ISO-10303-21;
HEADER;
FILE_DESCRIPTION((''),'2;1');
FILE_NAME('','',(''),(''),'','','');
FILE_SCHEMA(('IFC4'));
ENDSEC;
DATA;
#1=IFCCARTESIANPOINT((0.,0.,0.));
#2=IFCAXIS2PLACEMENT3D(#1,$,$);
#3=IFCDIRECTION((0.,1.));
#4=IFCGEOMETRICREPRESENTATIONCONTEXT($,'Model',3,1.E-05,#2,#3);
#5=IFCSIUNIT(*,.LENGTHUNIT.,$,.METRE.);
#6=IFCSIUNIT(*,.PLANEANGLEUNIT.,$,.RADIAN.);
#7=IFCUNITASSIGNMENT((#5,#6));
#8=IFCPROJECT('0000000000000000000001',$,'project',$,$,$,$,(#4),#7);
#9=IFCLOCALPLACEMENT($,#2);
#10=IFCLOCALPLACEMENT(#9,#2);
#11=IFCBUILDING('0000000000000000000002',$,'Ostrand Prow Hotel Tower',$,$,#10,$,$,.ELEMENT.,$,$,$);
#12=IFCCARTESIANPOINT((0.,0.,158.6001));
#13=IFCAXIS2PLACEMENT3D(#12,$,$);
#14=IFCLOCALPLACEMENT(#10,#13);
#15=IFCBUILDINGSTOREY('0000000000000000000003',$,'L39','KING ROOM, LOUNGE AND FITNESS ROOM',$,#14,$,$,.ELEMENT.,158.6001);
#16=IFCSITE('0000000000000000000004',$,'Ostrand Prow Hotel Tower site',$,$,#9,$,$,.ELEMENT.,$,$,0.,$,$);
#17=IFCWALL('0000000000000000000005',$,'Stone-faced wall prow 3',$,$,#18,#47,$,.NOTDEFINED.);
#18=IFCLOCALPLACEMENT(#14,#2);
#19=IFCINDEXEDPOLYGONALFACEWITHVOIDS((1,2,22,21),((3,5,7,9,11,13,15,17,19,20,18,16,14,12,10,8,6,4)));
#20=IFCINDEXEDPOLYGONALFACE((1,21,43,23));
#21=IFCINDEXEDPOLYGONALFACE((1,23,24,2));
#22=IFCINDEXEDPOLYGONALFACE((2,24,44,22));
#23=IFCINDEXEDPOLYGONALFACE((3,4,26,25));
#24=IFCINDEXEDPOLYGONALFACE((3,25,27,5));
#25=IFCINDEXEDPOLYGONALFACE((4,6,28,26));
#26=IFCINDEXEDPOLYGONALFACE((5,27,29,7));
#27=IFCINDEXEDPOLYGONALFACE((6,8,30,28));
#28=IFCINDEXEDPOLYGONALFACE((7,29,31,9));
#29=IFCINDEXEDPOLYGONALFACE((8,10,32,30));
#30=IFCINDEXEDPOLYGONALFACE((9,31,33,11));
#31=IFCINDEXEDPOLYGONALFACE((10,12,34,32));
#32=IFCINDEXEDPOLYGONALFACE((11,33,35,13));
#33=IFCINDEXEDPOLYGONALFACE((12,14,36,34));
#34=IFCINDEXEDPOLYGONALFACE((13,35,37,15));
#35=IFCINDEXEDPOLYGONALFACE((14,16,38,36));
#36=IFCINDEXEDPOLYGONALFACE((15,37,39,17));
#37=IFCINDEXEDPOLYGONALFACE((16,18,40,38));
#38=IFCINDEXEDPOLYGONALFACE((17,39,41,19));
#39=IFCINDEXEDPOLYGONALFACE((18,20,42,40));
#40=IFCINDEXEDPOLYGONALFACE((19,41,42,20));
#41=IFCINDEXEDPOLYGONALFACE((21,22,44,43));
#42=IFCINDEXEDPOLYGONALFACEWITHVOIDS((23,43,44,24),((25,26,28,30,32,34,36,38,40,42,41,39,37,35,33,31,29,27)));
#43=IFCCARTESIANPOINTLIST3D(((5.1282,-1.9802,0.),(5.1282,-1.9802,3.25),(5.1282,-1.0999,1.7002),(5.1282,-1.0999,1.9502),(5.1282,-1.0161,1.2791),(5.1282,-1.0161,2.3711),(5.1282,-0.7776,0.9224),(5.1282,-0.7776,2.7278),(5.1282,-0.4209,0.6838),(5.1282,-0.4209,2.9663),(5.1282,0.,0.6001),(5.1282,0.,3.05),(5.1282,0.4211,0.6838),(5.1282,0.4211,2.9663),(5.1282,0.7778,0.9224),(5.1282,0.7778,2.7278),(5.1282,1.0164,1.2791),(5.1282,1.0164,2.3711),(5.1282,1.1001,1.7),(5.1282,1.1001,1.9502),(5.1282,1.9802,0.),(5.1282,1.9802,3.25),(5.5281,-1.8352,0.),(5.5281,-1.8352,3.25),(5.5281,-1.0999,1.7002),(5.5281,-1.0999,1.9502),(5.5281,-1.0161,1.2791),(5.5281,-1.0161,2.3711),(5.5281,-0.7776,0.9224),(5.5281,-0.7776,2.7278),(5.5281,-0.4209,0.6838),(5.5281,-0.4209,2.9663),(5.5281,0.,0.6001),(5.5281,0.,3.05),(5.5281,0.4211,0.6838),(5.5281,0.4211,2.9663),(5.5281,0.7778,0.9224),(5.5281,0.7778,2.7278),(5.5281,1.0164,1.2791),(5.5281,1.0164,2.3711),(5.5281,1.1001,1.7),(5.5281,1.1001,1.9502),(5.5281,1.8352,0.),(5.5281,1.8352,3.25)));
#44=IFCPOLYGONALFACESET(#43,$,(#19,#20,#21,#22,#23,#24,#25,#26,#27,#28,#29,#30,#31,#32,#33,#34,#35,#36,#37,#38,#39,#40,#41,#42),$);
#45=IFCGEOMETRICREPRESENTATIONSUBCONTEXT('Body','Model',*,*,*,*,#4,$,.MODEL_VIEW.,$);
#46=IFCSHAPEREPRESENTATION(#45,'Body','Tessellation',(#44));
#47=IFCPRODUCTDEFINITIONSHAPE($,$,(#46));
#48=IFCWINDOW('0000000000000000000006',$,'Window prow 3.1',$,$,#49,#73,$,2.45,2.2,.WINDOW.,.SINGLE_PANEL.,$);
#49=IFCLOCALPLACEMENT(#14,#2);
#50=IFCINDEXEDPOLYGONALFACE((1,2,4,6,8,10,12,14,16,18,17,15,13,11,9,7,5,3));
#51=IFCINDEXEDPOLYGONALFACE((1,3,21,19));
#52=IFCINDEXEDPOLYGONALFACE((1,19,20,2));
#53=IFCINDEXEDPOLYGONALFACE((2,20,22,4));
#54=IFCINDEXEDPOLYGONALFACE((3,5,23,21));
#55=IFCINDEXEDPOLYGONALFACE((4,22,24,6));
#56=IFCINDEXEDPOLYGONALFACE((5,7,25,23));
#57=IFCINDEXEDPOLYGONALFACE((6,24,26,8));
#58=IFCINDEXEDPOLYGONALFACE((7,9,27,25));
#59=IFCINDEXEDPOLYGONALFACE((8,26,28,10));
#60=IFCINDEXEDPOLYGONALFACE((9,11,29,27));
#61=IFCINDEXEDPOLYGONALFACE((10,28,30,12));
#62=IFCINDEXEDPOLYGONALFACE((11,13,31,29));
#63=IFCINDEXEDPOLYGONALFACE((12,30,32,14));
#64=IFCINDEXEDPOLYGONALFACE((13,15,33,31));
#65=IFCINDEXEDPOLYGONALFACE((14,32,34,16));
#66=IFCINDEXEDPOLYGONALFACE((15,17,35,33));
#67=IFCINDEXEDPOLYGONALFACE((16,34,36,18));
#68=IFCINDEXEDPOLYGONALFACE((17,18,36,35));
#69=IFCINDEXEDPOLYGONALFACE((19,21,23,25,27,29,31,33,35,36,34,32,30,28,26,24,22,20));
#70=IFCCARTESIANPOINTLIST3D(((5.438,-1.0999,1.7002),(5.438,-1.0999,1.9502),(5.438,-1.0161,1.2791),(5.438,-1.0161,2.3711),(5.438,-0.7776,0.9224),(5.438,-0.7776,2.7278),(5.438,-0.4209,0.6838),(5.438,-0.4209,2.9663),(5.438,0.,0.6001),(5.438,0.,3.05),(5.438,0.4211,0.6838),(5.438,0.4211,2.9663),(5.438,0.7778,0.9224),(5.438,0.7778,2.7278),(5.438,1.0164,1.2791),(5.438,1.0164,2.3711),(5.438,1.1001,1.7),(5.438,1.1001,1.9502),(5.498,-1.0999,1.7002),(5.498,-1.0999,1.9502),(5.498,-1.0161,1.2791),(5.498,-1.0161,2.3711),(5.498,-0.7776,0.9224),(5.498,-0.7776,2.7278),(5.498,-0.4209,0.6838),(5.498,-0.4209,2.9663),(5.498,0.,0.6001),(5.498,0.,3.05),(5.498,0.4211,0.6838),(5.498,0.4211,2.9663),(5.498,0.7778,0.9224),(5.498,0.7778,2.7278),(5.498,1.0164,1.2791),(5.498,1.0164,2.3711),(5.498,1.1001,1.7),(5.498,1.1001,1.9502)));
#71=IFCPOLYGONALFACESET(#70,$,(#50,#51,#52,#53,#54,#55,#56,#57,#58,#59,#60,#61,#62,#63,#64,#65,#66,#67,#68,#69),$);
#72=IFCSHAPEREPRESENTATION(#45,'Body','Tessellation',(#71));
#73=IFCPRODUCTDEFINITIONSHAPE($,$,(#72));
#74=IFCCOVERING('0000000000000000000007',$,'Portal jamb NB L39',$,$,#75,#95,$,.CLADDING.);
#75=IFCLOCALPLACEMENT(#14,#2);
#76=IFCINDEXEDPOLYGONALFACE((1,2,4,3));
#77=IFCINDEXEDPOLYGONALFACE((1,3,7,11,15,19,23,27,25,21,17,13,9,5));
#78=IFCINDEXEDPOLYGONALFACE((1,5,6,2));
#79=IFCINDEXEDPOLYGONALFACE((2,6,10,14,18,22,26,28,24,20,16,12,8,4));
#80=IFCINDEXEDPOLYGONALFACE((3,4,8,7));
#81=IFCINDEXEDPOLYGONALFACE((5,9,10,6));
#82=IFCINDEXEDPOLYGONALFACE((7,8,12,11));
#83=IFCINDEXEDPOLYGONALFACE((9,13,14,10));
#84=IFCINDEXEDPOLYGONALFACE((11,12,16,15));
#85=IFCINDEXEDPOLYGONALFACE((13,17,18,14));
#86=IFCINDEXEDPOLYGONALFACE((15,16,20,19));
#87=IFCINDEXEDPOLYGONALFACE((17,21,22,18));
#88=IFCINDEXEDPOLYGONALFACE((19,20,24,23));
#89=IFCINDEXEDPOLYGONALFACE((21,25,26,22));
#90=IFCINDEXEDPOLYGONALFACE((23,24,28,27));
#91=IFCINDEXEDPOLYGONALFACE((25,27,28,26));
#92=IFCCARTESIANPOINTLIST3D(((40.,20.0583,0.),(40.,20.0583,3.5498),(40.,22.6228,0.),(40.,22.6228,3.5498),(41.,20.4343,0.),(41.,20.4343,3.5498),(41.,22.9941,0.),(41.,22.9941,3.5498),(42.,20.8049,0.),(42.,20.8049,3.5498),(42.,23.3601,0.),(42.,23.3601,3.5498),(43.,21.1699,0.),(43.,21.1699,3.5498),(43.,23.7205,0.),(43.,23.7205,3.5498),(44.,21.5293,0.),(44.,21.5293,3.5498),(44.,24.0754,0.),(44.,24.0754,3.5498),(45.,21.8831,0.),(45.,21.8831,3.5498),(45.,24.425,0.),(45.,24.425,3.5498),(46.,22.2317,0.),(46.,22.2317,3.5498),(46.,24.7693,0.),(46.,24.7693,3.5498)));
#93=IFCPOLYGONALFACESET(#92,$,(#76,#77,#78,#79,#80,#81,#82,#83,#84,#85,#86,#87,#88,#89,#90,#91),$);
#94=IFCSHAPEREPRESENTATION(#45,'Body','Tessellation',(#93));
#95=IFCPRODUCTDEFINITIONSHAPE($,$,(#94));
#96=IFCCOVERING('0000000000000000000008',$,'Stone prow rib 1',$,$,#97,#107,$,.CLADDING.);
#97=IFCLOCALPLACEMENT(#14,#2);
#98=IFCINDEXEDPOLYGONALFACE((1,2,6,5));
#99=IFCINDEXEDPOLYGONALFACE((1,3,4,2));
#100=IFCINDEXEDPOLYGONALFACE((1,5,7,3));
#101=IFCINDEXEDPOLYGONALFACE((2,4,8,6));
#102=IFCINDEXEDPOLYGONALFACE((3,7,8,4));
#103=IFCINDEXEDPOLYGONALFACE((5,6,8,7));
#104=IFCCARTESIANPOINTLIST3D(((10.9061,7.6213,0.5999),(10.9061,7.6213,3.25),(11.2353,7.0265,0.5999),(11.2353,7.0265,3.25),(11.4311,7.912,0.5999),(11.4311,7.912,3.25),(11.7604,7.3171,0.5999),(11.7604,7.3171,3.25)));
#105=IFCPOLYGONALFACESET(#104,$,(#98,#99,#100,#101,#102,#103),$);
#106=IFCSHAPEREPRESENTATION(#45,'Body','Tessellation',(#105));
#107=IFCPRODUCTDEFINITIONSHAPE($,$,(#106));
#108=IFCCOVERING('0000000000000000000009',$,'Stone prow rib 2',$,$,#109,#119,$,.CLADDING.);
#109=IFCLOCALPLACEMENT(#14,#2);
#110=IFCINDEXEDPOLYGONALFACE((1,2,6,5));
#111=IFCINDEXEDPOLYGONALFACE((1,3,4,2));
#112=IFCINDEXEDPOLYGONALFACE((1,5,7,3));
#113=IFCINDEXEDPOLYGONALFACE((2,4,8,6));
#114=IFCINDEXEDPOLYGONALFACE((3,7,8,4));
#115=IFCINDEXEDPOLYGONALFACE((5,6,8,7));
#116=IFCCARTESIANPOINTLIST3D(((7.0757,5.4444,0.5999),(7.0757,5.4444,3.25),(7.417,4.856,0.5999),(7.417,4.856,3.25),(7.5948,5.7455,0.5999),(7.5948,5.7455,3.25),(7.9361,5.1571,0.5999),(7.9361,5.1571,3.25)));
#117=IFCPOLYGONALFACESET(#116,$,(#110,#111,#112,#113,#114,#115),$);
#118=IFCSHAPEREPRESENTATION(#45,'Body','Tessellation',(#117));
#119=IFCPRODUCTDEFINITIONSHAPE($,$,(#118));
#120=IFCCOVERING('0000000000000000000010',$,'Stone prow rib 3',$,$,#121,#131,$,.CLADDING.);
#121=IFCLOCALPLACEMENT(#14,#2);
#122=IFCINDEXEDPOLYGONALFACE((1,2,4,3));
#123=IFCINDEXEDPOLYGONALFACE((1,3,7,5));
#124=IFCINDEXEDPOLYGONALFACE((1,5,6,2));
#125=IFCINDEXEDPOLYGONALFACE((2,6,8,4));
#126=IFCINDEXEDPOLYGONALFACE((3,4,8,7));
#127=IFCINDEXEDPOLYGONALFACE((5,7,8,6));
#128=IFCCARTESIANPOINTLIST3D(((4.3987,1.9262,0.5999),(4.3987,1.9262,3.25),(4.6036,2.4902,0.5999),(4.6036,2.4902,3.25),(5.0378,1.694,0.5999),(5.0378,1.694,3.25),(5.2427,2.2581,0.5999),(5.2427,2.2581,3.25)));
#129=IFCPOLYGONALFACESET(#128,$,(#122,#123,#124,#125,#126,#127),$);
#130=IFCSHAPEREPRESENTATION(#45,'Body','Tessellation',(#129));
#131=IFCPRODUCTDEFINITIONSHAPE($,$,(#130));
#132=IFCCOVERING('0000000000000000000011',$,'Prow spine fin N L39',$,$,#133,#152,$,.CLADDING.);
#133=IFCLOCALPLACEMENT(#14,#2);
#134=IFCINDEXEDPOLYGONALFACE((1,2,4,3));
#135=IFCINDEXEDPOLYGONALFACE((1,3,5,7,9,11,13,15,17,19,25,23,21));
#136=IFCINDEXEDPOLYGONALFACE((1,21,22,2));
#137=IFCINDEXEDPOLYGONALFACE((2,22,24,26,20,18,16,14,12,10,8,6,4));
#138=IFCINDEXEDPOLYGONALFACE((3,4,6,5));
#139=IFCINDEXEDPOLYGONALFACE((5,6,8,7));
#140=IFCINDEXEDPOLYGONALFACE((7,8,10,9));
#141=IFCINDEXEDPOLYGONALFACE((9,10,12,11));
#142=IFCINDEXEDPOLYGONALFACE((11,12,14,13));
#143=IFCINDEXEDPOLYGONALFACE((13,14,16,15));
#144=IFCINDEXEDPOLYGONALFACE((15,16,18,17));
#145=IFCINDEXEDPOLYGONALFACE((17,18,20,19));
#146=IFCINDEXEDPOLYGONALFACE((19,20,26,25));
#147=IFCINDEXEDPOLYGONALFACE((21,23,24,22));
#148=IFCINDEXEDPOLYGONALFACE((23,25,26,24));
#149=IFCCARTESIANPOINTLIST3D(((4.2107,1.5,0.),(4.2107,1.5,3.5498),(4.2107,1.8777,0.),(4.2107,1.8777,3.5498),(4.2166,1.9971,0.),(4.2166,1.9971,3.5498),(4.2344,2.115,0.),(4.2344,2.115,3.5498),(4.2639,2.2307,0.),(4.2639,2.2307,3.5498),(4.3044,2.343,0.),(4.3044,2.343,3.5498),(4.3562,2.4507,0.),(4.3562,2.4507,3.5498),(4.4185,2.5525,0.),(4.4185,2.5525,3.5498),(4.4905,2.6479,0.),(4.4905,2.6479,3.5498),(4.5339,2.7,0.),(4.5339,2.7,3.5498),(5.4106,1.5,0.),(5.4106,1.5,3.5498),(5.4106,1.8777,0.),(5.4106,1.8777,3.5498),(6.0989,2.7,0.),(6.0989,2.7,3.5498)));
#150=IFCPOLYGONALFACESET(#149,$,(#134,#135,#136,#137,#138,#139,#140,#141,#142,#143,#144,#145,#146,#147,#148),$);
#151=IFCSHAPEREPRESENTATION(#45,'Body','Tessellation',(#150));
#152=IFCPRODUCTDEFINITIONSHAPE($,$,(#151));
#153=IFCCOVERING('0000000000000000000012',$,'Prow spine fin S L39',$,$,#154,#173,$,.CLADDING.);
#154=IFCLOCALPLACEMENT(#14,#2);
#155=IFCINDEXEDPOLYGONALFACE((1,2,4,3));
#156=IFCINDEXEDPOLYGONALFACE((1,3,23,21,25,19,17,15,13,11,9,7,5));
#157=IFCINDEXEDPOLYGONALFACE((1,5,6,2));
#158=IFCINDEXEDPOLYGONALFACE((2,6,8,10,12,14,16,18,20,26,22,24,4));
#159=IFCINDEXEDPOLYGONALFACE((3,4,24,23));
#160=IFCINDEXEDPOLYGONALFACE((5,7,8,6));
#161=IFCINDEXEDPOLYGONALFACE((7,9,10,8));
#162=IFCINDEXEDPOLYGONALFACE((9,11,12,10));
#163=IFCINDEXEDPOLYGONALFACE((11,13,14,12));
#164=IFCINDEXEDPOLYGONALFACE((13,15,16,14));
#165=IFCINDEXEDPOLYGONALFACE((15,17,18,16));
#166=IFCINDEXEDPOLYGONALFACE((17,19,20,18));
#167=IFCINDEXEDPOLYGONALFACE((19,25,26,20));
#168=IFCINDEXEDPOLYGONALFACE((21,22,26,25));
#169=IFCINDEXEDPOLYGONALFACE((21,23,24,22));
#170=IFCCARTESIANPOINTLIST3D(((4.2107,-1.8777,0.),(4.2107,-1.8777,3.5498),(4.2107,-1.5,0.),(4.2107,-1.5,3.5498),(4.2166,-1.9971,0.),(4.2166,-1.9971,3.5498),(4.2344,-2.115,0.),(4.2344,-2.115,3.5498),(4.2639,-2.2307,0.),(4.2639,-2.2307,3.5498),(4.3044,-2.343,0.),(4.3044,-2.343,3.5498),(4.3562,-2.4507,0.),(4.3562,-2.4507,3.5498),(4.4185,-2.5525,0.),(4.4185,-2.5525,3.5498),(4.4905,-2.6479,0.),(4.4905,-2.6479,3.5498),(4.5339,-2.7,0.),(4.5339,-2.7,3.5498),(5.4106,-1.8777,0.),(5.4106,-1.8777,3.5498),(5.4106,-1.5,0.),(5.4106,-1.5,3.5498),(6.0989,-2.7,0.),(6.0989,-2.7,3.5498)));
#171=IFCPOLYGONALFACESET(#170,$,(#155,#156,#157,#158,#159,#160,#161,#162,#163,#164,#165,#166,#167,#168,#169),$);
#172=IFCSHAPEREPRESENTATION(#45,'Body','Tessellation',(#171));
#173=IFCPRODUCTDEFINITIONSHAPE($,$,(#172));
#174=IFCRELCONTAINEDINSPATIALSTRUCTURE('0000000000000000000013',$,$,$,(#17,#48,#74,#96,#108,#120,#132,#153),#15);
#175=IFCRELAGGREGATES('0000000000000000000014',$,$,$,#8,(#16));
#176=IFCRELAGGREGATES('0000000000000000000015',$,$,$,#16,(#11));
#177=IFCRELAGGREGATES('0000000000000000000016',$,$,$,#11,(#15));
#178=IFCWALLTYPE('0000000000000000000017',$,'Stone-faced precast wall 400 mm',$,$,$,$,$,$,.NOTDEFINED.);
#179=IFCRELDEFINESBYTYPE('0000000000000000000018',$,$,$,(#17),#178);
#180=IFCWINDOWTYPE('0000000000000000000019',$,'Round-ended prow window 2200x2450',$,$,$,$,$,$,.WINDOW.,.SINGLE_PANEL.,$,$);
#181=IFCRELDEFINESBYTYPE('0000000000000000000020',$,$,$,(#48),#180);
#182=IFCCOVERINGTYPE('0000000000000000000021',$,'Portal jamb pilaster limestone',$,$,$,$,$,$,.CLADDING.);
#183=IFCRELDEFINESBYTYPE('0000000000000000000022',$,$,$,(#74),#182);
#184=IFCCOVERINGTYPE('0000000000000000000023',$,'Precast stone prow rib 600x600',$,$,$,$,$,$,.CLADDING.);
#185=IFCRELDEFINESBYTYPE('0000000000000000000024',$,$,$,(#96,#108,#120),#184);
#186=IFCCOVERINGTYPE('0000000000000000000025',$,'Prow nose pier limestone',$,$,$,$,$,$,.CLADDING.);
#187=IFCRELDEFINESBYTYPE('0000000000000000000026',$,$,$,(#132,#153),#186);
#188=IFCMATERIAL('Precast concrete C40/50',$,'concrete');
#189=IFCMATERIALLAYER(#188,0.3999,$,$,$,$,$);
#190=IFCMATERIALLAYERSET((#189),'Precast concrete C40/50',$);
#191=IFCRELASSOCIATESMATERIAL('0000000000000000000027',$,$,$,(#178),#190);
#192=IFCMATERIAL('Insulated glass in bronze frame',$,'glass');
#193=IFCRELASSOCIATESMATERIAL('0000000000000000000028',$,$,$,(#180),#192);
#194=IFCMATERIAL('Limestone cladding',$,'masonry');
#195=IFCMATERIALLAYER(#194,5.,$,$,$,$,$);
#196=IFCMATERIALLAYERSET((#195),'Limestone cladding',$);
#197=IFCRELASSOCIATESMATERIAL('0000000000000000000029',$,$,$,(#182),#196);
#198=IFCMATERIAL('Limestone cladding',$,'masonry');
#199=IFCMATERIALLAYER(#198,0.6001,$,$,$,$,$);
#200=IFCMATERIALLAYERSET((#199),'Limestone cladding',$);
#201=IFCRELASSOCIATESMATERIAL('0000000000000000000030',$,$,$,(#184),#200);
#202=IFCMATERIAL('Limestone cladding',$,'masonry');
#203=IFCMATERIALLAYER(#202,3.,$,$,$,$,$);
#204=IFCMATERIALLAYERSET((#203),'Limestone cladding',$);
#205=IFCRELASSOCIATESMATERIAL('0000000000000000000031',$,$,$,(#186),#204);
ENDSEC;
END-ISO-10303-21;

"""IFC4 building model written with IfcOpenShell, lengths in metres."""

from ifc_helpers import new_model, si_unit, direction, frame, frame_2d, origin, place, context, subcontext, project, spatial, polyline, rectangle, outline, extrude, material, layer, layer_set, type_object, element, fill, save


model = new_model("IFC4")

# Units and contexts
model_context = context("Model", 3, precision=1e-05, world=origin(), true_north=direction((0.0, 1.0)))
body_context = subcontext(model_context, "Body", "Model", "MODEL_VIEW")
ifc_project = project(units=[si_unit("LENGTHUNIT", "METRE"), si_unit("PLANEANGLEUNIT", "RADIAN")], contexts=[model_context])

# Site, building, storey
site_placement = place(None, origin())
site = spatial("IfcSite", under=ifc_project, at=site_placement, Name="Ostrand Prow Hotel Tower site", CompositionType="ELEMENT", RefElevation=0.0)
building_placement = place(site_placement, origin())
building = spatial("IfcBuilding", under=site, at=building_placement, Name="Ostrand Prow Hotel Tower", CompositionType="ELEMENT")
storey_placement = place(building_placement, frame((0.0, 0.0, 158.6001)))
storey = spatial("IfcBuildingStorey", under=building, at=storey_placement, Name="L39", Description="KING ROOM, LOUNGE AND FITNESS ROOM", CompositionType="ELEMENT", Elevation=158.6001)

# Wall, opening, window
ifc_material_1 = material(Name="Precast concrete C40/50", Category="concrete")
ifc_layer_1 = layer(ifc_material_1, 0.3999)
ifc_layer_set_1 = layer_set([ifc_layer_1], Name="Precast concrete C40/50")
wall_type_1 = type_object("IfcWallType", Name="Stone-faced precast wall 400 mm", PredefinedType="NOTDEFINED", material=ifc_layer_set_1)
ifc_material_2 = material(Name="Insulated glass in bronze frame", Category="glass")
window_type = type_object("IfcWindowType", Name="Round-ended prow window 2200x2450", PartitioningType="SINGLE_PANEL", PredefinedType="WINDOW", material=ifc_material_2)
wall_1_placement = place(storey_placement, frame((5.3281, 1.9077, 0.0), z_axis=(0.0, 0.0, 1.0), x_axis=(0.0, -1.0, 0.0)))
wall_1 = element("IfcWall", 1, at=wall_1_placement, inside=storey, type_object=wall_type_1, Name="Stone-faced wall prow 3", PredefinedType="NOTDEFINED", context=body_context, shape_type="SweptSolid", body=[
    extrude(outline(polyline([(-0.0725, -0.2), (3.8879, -0.2), (3.7429, 0.2), (0.0725, 0.2), (-0.0725, -0.2)])), origin(), (0.0, 0.0, 1.0), 3.25),
])
opening_1_placement = place(wall_1_placement, frame((0.8076, 0.0, 0.6001)))
opening_1 = element("IfcOpeningElement", 2, at=opening_1_placement, cuts=wall_1, PredefinedType="OPENING", context=body_context, shape_type="SweptSolid", body=[
    extrude(outline(polyline([(0.0, 1.3501), (0.0837, 1.771), (0.3223, 2.1277), (0.679, 2.3662), (1.1001, 2.45), (1.521, 2.3662), (1.8777, 2.1277), (2.1162, 1.771), (2.2, 1.3501), (2.2, 1.1001), (2.1162, 0.679), (1.8777, 0.3223), (1.521, 0.0837), (1.1001, 0.0), (0.679, 0.0837), (0.3223, 0.3223), (0.0837, 0.679), (0.0, 1.0999), (0.0, 1.3501)])), frame((0.0, 0.21, 0.0), z_axis=(0.0, -1.0, 0.0), x_axis=(1.0, 0.0, 0.0)), (0.0, 0.0, 1.0), 0.4199),
])
window_1_placement = place(opening_1_placement, origin())
window_1 = element("IfcWindow", 3, at=window_1_placement, inside=storey, type_object=window_type, Name="Window prow 3.1", OverallHeight=2.45, OverallWidth=2.2, PartitioningType="SINGLE_PANEL", PredefinedType="WINDOW", context=body_context, shape_type="SweptSolid", body=[
    extrude(outline(polyline([(0.0, 1.3501), (0.0837, 1.771), (0.3223, 2.1277), (0.679, 2.3662), (1.1001, 2.45), (1.521, 2.3662), (1.8777, 2.1277), (2.1162, 1.771), (2.2, 1.3501), (2.2, 1.1001), (2.1162, 0.679), (1.8777, 0.3223), (1.521, 0.0837), (1.1001, 0.0), (0.679, 0.0837), (0.3223, 0.3223), (0.0837, 0.679), (0.0, 1.0999), (0.0, 1.3501)])), frame((0.0, 0.1699, 0.0), z_axis=(0.0, -1.0, 0.0), x_axis=(1.0, 0.0, 0.0)), (0.0, 0.0, 1.0), 0.0601),
])
fill(opening_1, window_1)

# Coverings
ifc_material_3 = material(Name="Limestone cladding", Category="masonry")
ifc_layer_2 = layer(ifc_material_3, 5.0)
ifc_layer_set_2 = layer_set([ifc_layer_2], Name="Limestone cladding")
covering_type_1 = type_object("IfcCoveringType", Name="Portal jamb pilaster limestone", PredefinedType="CLADDING", material=ifc_layer_set_2)
covering_1_placement = place(storey_placement, origin())
element("IfcCovering", 4, at=covering_1_placement, inside=storey, type_object=covering_type_1, Name="Portal jamb NB L39", PredefinedType="CLADDING", context=body_context, shape_type="SweptSolid", body=[
    extrude(outline(polyline([(40.0, 20.0583), (41.0, 20.4343), (42.0, 20.8049), (43.0, 21.1699), (44.0, 21.5293), (45.0, 21.8831), (46.0, 22.2317), (46.0, 24.7693), (45.0, 24.425), (44.0, 24.0754), (43.0, 23.7205), (42.0, 23.3601), (41.0, 22.9941), (40.0, 22.6228), (40.0, 20.0583)])), origin(), (0.0, 0.0, 1.0), 3.5498),
])
ifc_material_4 = material(Name="Limestone cladding", Category="masonry")
ifc_layer_3 = layer(ifc_material_4, 0.6001)
ifc_layer_set_3 = layer_set([ifc_layer_3], Name="Limestone cladding")
covering_type_2 = type_object("IfcCoveringType", Name="Precast stone prow rib 600x600", PredefinedType="CLADDING", material=ifc_layer_set_3)
covering_2_placement = place(storey_placement, frame((11.4978, 7.1719, 0.5999), z_axis=(0.0, 0.0, 1.0), x_axis=(-0.484301, 0.874901, 0.0)))
element("IfcCovering", 5, at=covering_2_placement, inside=storey, type_object=covering_type_2, Name="Stone prow rib 1", PredefinedType="CLADDING", context=body_context, shape_type="SweptSolid", body=[
    extrude(rectangle(XDim=0.6799, YDim=0.6001, at=frame_2d((0.3398, 0.0))), origin(), (0.0, 0.0, 1.0), 2.6501),
])
covering_3_placement = place(storey_placement, frame((7.6765, 5.0066, 0.5999), z_axis=(0.0, 0.0, 1.0), x_axis=(-0.501772, 0.865, 0.0)))
element("IfcCovering", 6, at=covering_3_placement, inside=storey, type_object=covering_type_2, Name="Stone prow rib 2", PredefinedType="CLADDING", context=body_context, shape_type="SweptSolid", body=[
    extrude(rectangle(XDim=0.6802, YDim=0.6001, at=frame_2d((0.3401, 0.0))), origin(), (0.0, 0.0, 1.0), 2.6501),
])
covering_4_placement = place(storey_placement, frame((5.1401, 1.9761, 0.5999), z_axis=(0.0, 0.0, 1.0), x_axis=(-0.939909, 0.341426, 0.0)))
element("IfcCovering", 7, at=covering_4_placement, inside=storey, type_object=covering_type_2, Name="Stone prow rib 3", PredefinedType="CLADDING", context=body_context, shape_type="SweptSolid", body=[
    extrude(rectangle(XDim=0.6799, YDim=0.6001, at=frame_2d((0.3398, 0.0))), origin(), (0.0, 0.0, 1.0), 2.6501),
])
ifc_material_5 = material(Name="Limestone cladding", Category="masonry")
ifc_layer_4 = layer(ifc_material_5, 3.0)
ifc_layer_set_4 = layer_set([ifc_layer_4], Name="Limestone cladding")
covering_type_3 = type_object("IfcCoveringType", Name="Prow nose pier limestone", PredefinedType="CLADDING", material=ifc_layer_set_4)
covering_5_placement = place(storey_placement, origin())
element("IfcCovering", 8, at=covering_5_placement, inside=storey, type_object=covering_type_3, Name="Prow spine fin N L39", PredefinedType="CLADDING", context=body_context, shape_type="SweptSolid", body=[
    extrude(outline(polyline([(4.2107, 1.8777), (4.2107, 1.5), (5.4106, 1.5), (5.4106, 1.8777), (6.0989, 2.7), (4.5339, 2.7), (4.4905, 2.6479), (4.4185, 2.5525), (4.3562, 2.4507), (4.3044, 2.343), (4.2639, 2.2307), (4.2344, 2.115), (4.2166, 1.9971), (4.2107, 1.8777)])), origin(), (0.0, 0.0, 1.0), 3.5498),
])
covering_6_placement = place(storey_placement, origin())
element("IfcCovering", 9, at=covering_6_placement, inside=storey, type_object=covering_type_3, Name="Prow spine fin S L39", PredefinedType="CLADDING", context=body_context, shape_type="SweptSolid", body=[
    extrude(outline(polyline([(4.4905, -2.6479), (4.5339, -2.7), (6.0989, -2.7), (5.4106, -1.8777), (5.4106, -1.5), (4.2107, -1.5), (4.2107, -1.8777), (4.2166, -1.9971), (4.2344, -2.115), (4.2639, -2.2307), (4.3044, -2.343), (4.3562, -2.4507), (4.4185, -2.5525), (4.4905, -2.6479)])), origin(), (0.0, 0.0, 1.0), 3.5498),
])

save(model, "model.ifc")
